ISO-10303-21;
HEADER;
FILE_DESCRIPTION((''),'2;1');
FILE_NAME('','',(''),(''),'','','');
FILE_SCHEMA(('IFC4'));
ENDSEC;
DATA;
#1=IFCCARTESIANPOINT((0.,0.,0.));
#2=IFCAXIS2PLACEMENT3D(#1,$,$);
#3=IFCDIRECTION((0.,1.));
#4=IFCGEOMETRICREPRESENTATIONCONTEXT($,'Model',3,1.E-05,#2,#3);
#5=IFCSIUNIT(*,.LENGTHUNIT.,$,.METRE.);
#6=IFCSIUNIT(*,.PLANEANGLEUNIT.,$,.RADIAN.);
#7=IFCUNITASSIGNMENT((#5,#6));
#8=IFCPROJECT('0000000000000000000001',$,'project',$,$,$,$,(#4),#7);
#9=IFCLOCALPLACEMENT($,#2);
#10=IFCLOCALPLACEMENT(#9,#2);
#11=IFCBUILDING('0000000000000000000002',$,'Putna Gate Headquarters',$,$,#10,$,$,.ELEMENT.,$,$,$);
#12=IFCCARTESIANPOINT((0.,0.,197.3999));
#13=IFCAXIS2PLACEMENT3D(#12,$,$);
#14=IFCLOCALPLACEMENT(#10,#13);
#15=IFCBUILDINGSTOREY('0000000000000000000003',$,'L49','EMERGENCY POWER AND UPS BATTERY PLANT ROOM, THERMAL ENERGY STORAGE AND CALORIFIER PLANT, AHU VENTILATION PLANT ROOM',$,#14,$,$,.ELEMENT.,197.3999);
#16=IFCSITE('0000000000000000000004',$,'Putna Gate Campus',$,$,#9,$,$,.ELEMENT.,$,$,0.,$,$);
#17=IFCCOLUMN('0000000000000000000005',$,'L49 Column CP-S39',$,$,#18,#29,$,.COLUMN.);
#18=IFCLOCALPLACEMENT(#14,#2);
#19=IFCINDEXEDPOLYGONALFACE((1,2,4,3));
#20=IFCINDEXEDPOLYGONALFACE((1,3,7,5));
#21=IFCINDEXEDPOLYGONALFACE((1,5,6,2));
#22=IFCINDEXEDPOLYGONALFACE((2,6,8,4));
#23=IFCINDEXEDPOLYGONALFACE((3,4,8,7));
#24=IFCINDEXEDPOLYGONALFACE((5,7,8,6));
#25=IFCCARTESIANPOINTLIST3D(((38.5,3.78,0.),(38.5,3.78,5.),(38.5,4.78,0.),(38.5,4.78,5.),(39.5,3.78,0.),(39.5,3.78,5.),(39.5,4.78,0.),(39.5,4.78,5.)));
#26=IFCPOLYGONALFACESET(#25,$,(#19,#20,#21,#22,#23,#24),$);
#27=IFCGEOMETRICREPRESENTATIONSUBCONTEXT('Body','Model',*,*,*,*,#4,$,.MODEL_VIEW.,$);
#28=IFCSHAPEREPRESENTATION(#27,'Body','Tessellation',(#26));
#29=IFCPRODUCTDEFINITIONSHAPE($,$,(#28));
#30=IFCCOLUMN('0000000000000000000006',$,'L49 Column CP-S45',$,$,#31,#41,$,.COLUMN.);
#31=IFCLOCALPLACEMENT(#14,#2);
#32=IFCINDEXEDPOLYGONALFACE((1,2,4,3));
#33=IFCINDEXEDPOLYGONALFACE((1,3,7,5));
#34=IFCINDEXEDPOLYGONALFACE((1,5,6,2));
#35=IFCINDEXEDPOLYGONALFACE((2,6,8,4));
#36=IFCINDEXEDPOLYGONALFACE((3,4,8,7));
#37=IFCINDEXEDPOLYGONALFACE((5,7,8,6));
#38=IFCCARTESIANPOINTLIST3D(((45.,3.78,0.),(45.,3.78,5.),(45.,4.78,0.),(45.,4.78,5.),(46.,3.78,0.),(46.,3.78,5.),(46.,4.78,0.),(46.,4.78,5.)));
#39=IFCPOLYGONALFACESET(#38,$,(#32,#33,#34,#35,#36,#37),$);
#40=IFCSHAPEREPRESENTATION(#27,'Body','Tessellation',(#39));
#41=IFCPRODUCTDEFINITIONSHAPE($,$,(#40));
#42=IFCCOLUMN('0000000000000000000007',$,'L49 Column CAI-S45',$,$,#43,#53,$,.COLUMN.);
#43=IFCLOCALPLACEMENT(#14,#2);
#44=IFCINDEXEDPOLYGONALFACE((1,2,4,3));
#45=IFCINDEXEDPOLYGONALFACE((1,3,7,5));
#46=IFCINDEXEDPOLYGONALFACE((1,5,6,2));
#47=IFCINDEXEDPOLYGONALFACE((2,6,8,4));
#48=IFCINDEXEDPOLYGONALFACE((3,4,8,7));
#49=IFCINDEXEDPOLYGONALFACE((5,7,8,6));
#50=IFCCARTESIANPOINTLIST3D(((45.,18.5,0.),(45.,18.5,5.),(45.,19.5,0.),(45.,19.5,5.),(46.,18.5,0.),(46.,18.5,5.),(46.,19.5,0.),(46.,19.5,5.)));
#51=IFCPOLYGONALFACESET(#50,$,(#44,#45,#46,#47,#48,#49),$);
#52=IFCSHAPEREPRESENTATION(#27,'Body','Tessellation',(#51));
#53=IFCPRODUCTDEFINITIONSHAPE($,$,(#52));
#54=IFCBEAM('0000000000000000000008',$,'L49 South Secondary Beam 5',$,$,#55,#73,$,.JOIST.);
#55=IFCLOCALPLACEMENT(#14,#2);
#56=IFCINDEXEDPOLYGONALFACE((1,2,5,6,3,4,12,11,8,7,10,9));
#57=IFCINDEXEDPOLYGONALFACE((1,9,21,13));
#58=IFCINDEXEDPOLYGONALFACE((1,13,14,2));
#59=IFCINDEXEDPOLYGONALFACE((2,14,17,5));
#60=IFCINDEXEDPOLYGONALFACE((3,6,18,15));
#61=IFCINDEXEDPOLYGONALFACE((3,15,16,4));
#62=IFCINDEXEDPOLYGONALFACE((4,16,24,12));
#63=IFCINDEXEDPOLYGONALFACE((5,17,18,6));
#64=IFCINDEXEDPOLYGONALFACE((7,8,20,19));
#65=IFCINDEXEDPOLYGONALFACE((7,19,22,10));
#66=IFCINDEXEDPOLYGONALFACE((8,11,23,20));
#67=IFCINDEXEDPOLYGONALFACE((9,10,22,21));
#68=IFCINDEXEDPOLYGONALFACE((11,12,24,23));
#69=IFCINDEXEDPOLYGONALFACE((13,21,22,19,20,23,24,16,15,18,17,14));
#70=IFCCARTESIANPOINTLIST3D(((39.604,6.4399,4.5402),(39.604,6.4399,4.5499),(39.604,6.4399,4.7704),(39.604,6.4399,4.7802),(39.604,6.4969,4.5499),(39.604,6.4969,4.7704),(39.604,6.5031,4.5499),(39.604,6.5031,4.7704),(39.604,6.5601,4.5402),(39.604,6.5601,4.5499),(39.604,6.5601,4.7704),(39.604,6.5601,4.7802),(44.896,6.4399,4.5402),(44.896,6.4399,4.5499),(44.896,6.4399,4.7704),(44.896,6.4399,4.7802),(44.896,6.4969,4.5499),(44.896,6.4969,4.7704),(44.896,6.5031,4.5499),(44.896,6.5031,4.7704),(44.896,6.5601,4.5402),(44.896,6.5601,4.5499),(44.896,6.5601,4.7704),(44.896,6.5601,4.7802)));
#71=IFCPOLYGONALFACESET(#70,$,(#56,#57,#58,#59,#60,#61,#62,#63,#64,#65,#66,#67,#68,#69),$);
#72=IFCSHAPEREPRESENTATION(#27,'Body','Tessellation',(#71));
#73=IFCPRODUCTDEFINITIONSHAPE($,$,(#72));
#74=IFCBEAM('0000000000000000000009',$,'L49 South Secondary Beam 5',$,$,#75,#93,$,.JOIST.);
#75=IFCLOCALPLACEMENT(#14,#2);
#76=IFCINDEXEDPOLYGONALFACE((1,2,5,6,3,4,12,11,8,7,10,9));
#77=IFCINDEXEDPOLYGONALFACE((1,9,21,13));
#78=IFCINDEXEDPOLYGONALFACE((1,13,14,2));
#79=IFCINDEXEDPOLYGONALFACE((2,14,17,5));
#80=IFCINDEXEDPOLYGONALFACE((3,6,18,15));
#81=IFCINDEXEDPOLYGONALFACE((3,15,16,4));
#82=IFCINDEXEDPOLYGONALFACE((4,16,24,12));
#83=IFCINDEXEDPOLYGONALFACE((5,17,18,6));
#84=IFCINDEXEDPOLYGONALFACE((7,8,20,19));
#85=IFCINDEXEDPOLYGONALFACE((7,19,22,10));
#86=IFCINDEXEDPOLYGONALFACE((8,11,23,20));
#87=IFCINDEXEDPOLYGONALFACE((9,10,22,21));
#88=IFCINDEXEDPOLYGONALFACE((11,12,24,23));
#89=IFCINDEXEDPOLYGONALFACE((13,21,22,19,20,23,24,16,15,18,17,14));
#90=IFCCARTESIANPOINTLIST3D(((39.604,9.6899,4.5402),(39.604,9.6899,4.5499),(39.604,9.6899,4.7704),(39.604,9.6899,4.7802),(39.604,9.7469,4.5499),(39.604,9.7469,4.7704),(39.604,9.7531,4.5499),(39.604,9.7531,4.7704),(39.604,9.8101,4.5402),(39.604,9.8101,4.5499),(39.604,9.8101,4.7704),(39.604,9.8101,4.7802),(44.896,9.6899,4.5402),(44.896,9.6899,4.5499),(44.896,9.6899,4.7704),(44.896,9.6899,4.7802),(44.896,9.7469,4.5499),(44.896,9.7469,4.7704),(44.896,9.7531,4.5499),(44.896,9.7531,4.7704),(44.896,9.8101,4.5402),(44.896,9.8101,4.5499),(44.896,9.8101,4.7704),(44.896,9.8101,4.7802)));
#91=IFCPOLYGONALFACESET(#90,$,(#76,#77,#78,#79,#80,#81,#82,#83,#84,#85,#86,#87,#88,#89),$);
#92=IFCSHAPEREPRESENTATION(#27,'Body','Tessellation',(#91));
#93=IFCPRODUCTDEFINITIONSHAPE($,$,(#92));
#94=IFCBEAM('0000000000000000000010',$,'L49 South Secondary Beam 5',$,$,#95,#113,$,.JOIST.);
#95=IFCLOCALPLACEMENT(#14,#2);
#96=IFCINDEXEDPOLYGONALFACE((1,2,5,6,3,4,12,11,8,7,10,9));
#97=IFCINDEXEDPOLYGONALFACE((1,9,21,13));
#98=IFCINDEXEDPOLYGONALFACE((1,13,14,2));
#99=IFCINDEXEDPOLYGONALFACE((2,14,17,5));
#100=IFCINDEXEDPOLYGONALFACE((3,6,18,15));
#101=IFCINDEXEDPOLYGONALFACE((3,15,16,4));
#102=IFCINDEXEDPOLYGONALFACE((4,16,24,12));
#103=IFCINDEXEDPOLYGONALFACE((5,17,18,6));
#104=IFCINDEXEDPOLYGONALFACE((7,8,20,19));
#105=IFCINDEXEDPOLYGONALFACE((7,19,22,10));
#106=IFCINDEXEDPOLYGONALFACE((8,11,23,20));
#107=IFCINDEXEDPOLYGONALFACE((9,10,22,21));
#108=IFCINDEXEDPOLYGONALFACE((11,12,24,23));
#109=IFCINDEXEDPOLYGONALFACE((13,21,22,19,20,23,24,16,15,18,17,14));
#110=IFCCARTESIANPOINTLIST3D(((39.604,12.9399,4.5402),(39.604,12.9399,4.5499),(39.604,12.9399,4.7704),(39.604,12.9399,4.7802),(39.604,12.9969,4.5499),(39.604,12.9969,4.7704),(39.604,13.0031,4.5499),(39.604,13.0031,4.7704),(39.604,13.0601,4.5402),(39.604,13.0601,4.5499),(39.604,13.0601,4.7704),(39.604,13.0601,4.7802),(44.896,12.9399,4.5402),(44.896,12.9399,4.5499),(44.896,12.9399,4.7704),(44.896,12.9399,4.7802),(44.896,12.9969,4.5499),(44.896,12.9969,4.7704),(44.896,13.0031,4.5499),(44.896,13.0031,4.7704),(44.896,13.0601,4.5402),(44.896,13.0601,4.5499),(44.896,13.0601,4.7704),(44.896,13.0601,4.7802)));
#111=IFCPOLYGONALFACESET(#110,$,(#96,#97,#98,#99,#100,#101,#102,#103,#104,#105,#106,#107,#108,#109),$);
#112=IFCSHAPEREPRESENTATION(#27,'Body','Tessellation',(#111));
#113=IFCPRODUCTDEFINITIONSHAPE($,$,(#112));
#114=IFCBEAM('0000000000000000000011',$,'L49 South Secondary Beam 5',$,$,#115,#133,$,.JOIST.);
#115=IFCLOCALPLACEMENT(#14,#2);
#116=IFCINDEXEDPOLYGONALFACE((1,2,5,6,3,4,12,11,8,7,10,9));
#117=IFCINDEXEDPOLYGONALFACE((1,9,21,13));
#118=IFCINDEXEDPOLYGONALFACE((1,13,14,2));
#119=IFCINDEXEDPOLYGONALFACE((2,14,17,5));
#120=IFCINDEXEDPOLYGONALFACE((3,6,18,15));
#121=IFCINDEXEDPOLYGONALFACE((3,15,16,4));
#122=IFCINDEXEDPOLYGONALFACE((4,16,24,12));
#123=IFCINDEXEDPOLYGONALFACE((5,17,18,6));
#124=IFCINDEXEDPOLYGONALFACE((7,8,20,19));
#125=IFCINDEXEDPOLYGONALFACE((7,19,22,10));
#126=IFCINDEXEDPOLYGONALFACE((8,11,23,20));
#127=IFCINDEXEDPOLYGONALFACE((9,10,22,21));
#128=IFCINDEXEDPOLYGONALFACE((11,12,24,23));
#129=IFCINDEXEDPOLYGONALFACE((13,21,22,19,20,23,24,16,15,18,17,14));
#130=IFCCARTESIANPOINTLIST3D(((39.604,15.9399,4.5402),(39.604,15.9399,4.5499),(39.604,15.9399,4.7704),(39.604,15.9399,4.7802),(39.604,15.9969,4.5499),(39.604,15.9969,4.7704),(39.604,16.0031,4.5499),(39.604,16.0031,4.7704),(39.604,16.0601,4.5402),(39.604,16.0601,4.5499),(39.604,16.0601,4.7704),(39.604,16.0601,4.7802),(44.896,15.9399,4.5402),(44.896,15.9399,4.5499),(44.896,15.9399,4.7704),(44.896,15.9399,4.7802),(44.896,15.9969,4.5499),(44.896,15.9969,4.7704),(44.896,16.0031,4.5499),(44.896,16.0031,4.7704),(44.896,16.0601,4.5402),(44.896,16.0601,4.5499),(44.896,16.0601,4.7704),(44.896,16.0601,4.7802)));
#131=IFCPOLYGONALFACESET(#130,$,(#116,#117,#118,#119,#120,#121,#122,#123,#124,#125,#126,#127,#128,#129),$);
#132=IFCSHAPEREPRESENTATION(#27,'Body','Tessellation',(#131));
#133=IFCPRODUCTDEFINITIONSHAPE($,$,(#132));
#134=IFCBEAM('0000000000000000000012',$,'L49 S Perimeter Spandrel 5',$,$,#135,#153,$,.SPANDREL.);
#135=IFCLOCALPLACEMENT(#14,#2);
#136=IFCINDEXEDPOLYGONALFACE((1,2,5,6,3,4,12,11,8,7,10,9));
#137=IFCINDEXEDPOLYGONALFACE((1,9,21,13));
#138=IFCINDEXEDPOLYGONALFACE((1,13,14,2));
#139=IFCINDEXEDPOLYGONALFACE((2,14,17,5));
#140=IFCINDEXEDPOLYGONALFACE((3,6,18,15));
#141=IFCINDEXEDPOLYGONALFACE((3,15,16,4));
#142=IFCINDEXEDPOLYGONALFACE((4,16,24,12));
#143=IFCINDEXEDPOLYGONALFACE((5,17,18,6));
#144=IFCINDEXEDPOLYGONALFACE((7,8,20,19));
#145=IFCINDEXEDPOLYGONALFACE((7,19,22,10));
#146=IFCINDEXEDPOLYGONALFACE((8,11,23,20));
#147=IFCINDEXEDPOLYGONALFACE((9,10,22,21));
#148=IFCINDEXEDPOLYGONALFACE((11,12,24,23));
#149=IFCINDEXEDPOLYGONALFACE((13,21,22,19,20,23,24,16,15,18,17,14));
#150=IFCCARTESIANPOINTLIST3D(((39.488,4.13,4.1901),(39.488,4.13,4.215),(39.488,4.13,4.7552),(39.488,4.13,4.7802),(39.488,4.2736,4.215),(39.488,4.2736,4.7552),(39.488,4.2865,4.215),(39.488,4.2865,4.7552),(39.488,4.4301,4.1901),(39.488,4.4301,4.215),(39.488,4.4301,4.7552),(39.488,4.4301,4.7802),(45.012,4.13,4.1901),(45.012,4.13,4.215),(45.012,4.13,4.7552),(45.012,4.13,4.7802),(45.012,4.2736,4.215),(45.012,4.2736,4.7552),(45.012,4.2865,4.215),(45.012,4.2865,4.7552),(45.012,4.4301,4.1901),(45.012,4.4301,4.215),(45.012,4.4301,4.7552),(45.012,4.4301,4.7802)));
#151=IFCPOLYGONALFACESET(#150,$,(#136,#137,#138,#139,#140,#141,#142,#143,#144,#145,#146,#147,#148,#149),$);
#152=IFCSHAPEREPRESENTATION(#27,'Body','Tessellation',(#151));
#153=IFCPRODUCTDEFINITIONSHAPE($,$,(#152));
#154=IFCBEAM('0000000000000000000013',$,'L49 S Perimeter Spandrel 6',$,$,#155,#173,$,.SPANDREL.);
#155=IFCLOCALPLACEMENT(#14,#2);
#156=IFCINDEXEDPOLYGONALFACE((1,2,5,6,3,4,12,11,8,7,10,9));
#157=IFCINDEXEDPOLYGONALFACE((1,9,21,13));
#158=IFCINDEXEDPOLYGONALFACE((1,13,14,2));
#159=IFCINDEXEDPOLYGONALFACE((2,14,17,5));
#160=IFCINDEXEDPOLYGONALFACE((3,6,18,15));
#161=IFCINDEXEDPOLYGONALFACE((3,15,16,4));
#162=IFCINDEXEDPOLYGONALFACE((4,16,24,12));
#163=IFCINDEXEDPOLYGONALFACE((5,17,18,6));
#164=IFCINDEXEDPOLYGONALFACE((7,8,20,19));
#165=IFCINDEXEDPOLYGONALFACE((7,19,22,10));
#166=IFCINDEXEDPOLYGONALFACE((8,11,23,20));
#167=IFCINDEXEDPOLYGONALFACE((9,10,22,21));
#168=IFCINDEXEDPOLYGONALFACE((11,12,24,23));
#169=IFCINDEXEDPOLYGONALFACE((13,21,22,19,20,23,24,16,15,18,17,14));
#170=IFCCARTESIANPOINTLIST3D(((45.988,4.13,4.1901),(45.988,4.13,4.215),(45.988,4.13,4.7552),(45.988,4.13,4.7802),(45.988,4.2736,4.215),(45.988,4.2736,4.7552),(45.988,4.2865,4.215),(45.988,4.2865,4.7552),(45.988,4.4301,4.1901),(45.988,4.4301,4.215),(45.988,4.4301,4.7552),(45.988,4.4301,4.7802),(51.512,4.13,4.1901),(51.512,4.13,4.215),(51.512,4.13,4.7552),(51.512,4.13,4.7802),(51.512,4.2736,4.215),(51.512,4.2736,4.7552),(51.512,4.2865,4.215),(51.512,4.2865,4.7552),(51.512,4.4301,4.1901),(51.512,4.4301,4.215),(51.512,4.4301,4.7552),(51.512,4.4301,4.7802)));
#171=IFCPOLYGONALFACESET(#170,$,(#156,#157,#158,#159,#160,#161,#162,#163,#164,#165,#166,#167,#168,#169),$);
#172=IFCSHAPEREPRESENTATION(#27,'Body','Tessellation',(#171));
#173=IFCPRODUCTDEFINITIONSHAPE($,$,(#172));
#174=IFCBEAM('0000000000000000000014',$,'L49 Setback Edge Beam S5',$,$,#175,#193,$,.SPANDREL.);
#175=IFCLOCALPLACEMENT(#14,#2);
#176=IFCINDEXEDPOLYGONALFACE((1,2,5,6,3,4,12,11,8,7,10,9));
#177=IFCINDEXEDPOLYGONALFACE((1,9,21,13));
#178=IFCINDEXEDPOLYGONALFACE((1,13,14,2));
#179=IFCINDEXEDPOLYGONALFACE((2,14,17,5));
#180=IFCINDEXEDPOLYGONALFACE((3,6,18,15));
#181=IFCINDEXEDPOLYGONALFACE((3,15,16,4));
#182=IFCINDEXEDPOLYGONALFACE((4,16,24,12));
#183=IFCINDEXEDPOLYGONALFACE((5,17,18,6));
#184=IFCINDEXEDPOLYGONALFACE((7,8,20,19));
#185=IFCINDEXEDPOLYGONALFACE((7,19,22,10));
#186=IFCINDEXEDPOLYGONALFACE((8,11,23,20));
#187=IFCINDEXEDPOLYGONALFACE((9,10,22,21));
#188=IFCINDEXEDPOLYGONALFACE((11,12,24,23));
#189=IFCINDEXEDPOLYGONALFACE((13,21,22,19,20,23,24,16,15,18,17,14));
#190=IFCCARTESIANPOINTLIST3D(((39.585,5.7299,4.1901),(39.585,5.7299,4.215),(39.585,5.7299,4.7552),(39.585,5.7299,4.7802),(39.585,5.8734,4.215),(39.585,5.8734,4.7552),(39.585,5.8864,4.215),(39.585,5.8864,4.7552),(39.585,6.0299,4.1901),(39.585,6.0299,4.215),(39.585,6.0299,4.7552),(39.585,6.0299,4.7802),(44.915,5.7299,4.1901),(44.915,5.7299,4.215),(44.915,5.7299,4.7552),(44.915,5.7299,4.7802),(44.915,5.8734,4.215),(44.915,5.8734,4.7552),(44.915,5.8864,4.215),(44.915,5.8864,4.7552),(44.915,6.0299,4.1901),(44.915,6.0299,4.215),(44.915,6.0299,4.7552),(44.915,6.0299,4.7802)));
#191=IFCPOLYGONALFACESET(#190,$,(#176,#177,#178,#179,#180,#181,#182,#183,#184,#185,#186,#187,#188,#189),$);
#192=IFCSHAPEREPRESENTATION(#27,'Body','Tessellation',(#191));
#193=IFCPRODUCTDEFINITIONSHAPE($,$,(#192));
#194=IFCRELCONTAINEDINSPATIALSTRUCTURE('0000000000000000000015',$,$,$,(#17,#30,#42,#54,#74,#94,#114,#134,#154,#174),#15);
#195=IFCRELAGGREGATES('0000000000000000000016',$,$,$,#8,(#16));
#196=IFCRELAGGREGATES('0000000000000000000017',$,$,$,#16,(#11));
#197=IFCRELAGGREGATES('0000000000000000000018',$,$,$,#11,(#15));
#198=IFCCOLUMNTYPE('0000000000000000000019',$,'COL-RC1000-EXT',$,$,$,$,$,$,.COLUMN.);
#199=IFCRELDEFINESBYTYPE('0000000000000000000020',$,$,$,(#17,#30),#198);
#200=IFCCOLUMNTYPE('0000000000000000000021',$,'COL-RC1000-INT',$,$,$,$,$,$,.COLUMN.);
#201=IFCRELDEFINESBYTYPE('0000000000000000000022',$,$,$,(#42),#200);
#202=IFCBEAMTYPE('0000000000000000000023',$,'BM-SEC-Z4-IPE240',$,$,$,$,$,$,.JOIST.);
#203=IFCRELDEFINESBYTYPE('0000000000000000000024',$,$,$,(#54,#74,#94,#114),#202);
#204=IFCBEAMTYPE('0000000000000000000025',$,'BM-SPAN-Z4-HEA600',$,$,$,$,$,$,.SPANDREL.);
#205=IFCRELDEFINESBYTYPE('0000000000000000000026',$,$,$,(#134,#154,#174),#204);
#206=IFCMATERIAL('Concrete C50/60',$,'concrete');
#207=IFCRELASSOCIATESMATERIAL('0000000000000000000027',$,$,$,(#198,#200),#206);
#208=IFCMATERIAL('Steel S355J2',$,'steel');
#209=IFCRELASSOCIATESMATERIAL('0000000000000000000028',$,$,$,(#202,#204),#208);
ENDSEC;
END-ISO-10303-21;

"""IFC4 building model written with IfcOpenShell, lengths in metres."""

from ifc_helpers import new_model, si_unit, direction, frame, origin, origin_2d, place, context, subcontext, project, spatial, rectangle, i_section, extrude, material, material_profile, profile_set, type_object, element, save


model = new_model("IFC4")

# Units and contexts
model_context = context("Model", 3, precision=1e-05, world=origin(), true_north=direction((0.0, 1.0)))
body_context = subcontext(model_context, "Body", "Model", "MODEL_VIEW")
ifc_project = project(units=[si_unit("LENGTHUNIT", "METRE"), si_unit("PLANEANGLEUNIT", "RADIAN")], contexts=[model_context])

# Site, building, storey
site_placement = place(None, origin())
site = spatial("IfcSite", under=ifc_project, at=site_placement, Name="Putna Gate Campus", CompositionType="ELEMENT", RefElevation=0.0)
building_placement = place(site_placement, origin())
building = spatial("IfcBuilding", under=site, at=building_placement, Name="Putna Gate Headquarters", CompositionType="ELEMENT")
storey_placement = place(building_placement, frame((0.0, 0.0, 197.3999)))
storey = spatial("IfcBuildingStorey", under=building, at=storey_placement, Name="L49", Description="EMERGENCY POWER AND UPS BATTERY PLANT ROOM, THERMAL ENERGY STORAGE AND CALORIFIER PLANT, AHU VENTILATION PLANT ROOM", CompositionType="ELEMENT", Elevation=197.3999)

# Columns
ifc_material_1 = material(Name="Concrete C50/60", Category="concrete")
ifc_material_profile_1 = material_profile(ifc_material_1, rectangle(XDim=1.0, YDim=1.0, at=origin_2d()), Name="Concrete C50/60")
ifc_profile_set_1 = profile_set([ifc_material_profile_1], Name="Concrete C50/60")
column_type_1 = type_object("IfcColumnType", Name="COL-RC1000-EXT", PredefinedType="COLUMN", material=ifc_profile_set_1)
for number, where, z_axis, x_axis, name in (
    (1, (39.0, 4.28, 0.0), (0.0, 0.0, 1.0), (1.0, 0.0, 0.0), "L49 Column CP-S39"),
    (2, (45.5, 4.28, 0.0), (0.0, 0.0, 1.0), (1.0, 0.0, 0.0), "L49 Column CP-S45"),
):
    element("IfcColumn", number, at=place(storey_placement, frame(where, z_axis=z_axis, x_axis=x_axis)), inside=storey, type_object=column_type_1, Name=name, PredefinedType="COLUMN", context=body_context, shape_type="SweptSolid", body=[
        extrude(rectangle(XDim=1.0, YDim=1.0, at=origin_2d()), origin(), (0.0, 0.0, 1.0), 5.0),
    ])
ifc_material_profile_2 = material_profile(ifc_material_1, rectangle(XDim=1.0, YDim=1.0, at=origin_2d()), Name="Concrete C50/60")
ifc_profile_set_2 = profile_set([ifc_material_profile_2], Name="Concrete C50/60")
column_type_2 = type_object("IfcColumnType", Name="COL-RC1000-INT", PredefinedType="COLUMN", material=ifc_profile_set_2)
column_placement = place(storey_placement, frame((45.5, 19.0, 0.0), z_axis=(0.0, 0.0, 1.0), x_axis=(1.0, 0.0, 0.0)))
element("IfcColumn", 3, at=column_placement, inside=storey, type_object=column_type_2, Name="L49 Column CAI-S45", PredefinedType="COLUMN", context=body_context, shape_type="SweptSolid", body=[
    extrude(rectangle(XDim=1.0, YDim=1.0, at=origin_2d()), origin(), (0.0, 0.0, 1.0), 5.0),
])

# Beams
ifc_material_2 = material(Name="Steel S355J2", Category="steel")
ifc_material_profile_3 = material_profile(ifc_material_2, i_section(OverallWidth=0.1201, OverallDepth=0.24, WebThickness=0.0061, FlangeThickness=0.0098, at=origin_2d()), Name="Steel S355J2")
ifc_profile_set_3 = profile_set([ifc_material_profile_3], Name="Steel S355J2")
beam_type_1 = type_object("IfcBeamType", Name="BM-SEC-Z4-IPE240", PredefinedType="JOIST", material=ifc_profile_set_3)
for number, where, z_axis, x_axis, name in (
    (4, (39.604, 6.5, 4.6602), (1.0, 0.0, 0.0), (0.0, 1.0, 0.0), "L49 South Secondary Beam 5"),
    (5, (39.604, 9.75, 4.6602), (1.0, 0.0, 0.0), (0.0, 1.0, 0.0), "L49 South Secondary Beam 5"),
    (6, (39.604, 13.0, 4.6602), (1.0, 0.0, 0.0), (0.0, 1.0, 0.0), "L49 South Secondary Beam 5"),
    (7, (39.604, 16.0, 4.6602), (1.0, 0.0, 0.0), (0.0, 1.0, 0.0), "L49 South Secondary Beam 5"),
):
    element("IfcBeam", number, at=place(storey_placement, frame(where, z_axis=z_axis, x_axis=x_axis)), inside=storey, type_object=beam_type_1, Name=name, PredefinedType="JOIST", context=body_context, shape_type="SweptSolid", body=[
        extrude(i_section(OverallWidth=0.1201, OverallDepth=0.24, WebThickness=0.0061, FlangeThickness=0.0098, at=origin_2d()), origin(), (0.0, 0.0, 1.0), 5.292),
    ])
ifc_material_profile_4 = material_profile(ifc_material_2, i_section(OverallWidth=0.3, OverallDepth=0.5901, WebThickness=0.0129, FlangeThickness=0.0249, at=origin_2d()), Name="Steel S355J2")
ifc_profile_set_4 = profile_set([ifc_material_profile_4], Name="Steel S355J2")
beam_type_2 = type_object("IfcBeamType", Name="BM-SPAN-Z4-HEA600", PredefinedType="SPANDREL", material=ifc_profile_set_4)
for number, where, z_axis, x_axis, name in (
    (8, (39.488, 4.28, 4.4851), (1.0, 0.0, 0.0), (0.0, 1.0, 0.0), "L49 S Perimeter Spandrel 5"),
    (9, (45.988, 4.28, 4.4851), (1.0, 0.0, 0.0), (0.0, 1.0, 0.0), "L49 S Perimeter Spandrel 6"),
):
    element("IfcBeam", number, at=place(storey_placement, frame(where, z_axis=z_axis, x_axis=x_axis)), inside=storey, type_object=beam_type_2, Name=name, PredefinedType="SPANDREL", context=body_context, shape_type="SweptSolid", body=[
        extrude(i_section(OverallWidth=0.3, OverallDepth=0.5901, WebThickness=0.0129, FlangeThickness=0.0249, at=origin_2d()), origin(), (0.0, 0.0, 1.0), 5.5239),
    ])
for number, where, z_axis, x_axis, name in (
    (10, (39.585, 5.8799, 4.4851), (1.0, 0.0, 0.0), (0.0, 1.0, 0.0), "L49 Setback Edge Beam S5"),
):
    element("IfcBeam", number, at=place(storey_placement, frame(where, z_axis=z_axis, x_axis=x_axis)), inside=storey, type_object=beam_type_2, Name=name, PredefinedType="SPANDREL", context=body_context, shape_type="SweptSolid", body=[
        extrude(i_section(OverallWidth=0.3, OverallDepth=0.5901, WebThickness=0.0129, FlangeThickness=0.0249, at=origin_2d()), origin(), (0.0, 0.0, 1.0), 5.3301),
    ])

save(model, "model.ifc")
